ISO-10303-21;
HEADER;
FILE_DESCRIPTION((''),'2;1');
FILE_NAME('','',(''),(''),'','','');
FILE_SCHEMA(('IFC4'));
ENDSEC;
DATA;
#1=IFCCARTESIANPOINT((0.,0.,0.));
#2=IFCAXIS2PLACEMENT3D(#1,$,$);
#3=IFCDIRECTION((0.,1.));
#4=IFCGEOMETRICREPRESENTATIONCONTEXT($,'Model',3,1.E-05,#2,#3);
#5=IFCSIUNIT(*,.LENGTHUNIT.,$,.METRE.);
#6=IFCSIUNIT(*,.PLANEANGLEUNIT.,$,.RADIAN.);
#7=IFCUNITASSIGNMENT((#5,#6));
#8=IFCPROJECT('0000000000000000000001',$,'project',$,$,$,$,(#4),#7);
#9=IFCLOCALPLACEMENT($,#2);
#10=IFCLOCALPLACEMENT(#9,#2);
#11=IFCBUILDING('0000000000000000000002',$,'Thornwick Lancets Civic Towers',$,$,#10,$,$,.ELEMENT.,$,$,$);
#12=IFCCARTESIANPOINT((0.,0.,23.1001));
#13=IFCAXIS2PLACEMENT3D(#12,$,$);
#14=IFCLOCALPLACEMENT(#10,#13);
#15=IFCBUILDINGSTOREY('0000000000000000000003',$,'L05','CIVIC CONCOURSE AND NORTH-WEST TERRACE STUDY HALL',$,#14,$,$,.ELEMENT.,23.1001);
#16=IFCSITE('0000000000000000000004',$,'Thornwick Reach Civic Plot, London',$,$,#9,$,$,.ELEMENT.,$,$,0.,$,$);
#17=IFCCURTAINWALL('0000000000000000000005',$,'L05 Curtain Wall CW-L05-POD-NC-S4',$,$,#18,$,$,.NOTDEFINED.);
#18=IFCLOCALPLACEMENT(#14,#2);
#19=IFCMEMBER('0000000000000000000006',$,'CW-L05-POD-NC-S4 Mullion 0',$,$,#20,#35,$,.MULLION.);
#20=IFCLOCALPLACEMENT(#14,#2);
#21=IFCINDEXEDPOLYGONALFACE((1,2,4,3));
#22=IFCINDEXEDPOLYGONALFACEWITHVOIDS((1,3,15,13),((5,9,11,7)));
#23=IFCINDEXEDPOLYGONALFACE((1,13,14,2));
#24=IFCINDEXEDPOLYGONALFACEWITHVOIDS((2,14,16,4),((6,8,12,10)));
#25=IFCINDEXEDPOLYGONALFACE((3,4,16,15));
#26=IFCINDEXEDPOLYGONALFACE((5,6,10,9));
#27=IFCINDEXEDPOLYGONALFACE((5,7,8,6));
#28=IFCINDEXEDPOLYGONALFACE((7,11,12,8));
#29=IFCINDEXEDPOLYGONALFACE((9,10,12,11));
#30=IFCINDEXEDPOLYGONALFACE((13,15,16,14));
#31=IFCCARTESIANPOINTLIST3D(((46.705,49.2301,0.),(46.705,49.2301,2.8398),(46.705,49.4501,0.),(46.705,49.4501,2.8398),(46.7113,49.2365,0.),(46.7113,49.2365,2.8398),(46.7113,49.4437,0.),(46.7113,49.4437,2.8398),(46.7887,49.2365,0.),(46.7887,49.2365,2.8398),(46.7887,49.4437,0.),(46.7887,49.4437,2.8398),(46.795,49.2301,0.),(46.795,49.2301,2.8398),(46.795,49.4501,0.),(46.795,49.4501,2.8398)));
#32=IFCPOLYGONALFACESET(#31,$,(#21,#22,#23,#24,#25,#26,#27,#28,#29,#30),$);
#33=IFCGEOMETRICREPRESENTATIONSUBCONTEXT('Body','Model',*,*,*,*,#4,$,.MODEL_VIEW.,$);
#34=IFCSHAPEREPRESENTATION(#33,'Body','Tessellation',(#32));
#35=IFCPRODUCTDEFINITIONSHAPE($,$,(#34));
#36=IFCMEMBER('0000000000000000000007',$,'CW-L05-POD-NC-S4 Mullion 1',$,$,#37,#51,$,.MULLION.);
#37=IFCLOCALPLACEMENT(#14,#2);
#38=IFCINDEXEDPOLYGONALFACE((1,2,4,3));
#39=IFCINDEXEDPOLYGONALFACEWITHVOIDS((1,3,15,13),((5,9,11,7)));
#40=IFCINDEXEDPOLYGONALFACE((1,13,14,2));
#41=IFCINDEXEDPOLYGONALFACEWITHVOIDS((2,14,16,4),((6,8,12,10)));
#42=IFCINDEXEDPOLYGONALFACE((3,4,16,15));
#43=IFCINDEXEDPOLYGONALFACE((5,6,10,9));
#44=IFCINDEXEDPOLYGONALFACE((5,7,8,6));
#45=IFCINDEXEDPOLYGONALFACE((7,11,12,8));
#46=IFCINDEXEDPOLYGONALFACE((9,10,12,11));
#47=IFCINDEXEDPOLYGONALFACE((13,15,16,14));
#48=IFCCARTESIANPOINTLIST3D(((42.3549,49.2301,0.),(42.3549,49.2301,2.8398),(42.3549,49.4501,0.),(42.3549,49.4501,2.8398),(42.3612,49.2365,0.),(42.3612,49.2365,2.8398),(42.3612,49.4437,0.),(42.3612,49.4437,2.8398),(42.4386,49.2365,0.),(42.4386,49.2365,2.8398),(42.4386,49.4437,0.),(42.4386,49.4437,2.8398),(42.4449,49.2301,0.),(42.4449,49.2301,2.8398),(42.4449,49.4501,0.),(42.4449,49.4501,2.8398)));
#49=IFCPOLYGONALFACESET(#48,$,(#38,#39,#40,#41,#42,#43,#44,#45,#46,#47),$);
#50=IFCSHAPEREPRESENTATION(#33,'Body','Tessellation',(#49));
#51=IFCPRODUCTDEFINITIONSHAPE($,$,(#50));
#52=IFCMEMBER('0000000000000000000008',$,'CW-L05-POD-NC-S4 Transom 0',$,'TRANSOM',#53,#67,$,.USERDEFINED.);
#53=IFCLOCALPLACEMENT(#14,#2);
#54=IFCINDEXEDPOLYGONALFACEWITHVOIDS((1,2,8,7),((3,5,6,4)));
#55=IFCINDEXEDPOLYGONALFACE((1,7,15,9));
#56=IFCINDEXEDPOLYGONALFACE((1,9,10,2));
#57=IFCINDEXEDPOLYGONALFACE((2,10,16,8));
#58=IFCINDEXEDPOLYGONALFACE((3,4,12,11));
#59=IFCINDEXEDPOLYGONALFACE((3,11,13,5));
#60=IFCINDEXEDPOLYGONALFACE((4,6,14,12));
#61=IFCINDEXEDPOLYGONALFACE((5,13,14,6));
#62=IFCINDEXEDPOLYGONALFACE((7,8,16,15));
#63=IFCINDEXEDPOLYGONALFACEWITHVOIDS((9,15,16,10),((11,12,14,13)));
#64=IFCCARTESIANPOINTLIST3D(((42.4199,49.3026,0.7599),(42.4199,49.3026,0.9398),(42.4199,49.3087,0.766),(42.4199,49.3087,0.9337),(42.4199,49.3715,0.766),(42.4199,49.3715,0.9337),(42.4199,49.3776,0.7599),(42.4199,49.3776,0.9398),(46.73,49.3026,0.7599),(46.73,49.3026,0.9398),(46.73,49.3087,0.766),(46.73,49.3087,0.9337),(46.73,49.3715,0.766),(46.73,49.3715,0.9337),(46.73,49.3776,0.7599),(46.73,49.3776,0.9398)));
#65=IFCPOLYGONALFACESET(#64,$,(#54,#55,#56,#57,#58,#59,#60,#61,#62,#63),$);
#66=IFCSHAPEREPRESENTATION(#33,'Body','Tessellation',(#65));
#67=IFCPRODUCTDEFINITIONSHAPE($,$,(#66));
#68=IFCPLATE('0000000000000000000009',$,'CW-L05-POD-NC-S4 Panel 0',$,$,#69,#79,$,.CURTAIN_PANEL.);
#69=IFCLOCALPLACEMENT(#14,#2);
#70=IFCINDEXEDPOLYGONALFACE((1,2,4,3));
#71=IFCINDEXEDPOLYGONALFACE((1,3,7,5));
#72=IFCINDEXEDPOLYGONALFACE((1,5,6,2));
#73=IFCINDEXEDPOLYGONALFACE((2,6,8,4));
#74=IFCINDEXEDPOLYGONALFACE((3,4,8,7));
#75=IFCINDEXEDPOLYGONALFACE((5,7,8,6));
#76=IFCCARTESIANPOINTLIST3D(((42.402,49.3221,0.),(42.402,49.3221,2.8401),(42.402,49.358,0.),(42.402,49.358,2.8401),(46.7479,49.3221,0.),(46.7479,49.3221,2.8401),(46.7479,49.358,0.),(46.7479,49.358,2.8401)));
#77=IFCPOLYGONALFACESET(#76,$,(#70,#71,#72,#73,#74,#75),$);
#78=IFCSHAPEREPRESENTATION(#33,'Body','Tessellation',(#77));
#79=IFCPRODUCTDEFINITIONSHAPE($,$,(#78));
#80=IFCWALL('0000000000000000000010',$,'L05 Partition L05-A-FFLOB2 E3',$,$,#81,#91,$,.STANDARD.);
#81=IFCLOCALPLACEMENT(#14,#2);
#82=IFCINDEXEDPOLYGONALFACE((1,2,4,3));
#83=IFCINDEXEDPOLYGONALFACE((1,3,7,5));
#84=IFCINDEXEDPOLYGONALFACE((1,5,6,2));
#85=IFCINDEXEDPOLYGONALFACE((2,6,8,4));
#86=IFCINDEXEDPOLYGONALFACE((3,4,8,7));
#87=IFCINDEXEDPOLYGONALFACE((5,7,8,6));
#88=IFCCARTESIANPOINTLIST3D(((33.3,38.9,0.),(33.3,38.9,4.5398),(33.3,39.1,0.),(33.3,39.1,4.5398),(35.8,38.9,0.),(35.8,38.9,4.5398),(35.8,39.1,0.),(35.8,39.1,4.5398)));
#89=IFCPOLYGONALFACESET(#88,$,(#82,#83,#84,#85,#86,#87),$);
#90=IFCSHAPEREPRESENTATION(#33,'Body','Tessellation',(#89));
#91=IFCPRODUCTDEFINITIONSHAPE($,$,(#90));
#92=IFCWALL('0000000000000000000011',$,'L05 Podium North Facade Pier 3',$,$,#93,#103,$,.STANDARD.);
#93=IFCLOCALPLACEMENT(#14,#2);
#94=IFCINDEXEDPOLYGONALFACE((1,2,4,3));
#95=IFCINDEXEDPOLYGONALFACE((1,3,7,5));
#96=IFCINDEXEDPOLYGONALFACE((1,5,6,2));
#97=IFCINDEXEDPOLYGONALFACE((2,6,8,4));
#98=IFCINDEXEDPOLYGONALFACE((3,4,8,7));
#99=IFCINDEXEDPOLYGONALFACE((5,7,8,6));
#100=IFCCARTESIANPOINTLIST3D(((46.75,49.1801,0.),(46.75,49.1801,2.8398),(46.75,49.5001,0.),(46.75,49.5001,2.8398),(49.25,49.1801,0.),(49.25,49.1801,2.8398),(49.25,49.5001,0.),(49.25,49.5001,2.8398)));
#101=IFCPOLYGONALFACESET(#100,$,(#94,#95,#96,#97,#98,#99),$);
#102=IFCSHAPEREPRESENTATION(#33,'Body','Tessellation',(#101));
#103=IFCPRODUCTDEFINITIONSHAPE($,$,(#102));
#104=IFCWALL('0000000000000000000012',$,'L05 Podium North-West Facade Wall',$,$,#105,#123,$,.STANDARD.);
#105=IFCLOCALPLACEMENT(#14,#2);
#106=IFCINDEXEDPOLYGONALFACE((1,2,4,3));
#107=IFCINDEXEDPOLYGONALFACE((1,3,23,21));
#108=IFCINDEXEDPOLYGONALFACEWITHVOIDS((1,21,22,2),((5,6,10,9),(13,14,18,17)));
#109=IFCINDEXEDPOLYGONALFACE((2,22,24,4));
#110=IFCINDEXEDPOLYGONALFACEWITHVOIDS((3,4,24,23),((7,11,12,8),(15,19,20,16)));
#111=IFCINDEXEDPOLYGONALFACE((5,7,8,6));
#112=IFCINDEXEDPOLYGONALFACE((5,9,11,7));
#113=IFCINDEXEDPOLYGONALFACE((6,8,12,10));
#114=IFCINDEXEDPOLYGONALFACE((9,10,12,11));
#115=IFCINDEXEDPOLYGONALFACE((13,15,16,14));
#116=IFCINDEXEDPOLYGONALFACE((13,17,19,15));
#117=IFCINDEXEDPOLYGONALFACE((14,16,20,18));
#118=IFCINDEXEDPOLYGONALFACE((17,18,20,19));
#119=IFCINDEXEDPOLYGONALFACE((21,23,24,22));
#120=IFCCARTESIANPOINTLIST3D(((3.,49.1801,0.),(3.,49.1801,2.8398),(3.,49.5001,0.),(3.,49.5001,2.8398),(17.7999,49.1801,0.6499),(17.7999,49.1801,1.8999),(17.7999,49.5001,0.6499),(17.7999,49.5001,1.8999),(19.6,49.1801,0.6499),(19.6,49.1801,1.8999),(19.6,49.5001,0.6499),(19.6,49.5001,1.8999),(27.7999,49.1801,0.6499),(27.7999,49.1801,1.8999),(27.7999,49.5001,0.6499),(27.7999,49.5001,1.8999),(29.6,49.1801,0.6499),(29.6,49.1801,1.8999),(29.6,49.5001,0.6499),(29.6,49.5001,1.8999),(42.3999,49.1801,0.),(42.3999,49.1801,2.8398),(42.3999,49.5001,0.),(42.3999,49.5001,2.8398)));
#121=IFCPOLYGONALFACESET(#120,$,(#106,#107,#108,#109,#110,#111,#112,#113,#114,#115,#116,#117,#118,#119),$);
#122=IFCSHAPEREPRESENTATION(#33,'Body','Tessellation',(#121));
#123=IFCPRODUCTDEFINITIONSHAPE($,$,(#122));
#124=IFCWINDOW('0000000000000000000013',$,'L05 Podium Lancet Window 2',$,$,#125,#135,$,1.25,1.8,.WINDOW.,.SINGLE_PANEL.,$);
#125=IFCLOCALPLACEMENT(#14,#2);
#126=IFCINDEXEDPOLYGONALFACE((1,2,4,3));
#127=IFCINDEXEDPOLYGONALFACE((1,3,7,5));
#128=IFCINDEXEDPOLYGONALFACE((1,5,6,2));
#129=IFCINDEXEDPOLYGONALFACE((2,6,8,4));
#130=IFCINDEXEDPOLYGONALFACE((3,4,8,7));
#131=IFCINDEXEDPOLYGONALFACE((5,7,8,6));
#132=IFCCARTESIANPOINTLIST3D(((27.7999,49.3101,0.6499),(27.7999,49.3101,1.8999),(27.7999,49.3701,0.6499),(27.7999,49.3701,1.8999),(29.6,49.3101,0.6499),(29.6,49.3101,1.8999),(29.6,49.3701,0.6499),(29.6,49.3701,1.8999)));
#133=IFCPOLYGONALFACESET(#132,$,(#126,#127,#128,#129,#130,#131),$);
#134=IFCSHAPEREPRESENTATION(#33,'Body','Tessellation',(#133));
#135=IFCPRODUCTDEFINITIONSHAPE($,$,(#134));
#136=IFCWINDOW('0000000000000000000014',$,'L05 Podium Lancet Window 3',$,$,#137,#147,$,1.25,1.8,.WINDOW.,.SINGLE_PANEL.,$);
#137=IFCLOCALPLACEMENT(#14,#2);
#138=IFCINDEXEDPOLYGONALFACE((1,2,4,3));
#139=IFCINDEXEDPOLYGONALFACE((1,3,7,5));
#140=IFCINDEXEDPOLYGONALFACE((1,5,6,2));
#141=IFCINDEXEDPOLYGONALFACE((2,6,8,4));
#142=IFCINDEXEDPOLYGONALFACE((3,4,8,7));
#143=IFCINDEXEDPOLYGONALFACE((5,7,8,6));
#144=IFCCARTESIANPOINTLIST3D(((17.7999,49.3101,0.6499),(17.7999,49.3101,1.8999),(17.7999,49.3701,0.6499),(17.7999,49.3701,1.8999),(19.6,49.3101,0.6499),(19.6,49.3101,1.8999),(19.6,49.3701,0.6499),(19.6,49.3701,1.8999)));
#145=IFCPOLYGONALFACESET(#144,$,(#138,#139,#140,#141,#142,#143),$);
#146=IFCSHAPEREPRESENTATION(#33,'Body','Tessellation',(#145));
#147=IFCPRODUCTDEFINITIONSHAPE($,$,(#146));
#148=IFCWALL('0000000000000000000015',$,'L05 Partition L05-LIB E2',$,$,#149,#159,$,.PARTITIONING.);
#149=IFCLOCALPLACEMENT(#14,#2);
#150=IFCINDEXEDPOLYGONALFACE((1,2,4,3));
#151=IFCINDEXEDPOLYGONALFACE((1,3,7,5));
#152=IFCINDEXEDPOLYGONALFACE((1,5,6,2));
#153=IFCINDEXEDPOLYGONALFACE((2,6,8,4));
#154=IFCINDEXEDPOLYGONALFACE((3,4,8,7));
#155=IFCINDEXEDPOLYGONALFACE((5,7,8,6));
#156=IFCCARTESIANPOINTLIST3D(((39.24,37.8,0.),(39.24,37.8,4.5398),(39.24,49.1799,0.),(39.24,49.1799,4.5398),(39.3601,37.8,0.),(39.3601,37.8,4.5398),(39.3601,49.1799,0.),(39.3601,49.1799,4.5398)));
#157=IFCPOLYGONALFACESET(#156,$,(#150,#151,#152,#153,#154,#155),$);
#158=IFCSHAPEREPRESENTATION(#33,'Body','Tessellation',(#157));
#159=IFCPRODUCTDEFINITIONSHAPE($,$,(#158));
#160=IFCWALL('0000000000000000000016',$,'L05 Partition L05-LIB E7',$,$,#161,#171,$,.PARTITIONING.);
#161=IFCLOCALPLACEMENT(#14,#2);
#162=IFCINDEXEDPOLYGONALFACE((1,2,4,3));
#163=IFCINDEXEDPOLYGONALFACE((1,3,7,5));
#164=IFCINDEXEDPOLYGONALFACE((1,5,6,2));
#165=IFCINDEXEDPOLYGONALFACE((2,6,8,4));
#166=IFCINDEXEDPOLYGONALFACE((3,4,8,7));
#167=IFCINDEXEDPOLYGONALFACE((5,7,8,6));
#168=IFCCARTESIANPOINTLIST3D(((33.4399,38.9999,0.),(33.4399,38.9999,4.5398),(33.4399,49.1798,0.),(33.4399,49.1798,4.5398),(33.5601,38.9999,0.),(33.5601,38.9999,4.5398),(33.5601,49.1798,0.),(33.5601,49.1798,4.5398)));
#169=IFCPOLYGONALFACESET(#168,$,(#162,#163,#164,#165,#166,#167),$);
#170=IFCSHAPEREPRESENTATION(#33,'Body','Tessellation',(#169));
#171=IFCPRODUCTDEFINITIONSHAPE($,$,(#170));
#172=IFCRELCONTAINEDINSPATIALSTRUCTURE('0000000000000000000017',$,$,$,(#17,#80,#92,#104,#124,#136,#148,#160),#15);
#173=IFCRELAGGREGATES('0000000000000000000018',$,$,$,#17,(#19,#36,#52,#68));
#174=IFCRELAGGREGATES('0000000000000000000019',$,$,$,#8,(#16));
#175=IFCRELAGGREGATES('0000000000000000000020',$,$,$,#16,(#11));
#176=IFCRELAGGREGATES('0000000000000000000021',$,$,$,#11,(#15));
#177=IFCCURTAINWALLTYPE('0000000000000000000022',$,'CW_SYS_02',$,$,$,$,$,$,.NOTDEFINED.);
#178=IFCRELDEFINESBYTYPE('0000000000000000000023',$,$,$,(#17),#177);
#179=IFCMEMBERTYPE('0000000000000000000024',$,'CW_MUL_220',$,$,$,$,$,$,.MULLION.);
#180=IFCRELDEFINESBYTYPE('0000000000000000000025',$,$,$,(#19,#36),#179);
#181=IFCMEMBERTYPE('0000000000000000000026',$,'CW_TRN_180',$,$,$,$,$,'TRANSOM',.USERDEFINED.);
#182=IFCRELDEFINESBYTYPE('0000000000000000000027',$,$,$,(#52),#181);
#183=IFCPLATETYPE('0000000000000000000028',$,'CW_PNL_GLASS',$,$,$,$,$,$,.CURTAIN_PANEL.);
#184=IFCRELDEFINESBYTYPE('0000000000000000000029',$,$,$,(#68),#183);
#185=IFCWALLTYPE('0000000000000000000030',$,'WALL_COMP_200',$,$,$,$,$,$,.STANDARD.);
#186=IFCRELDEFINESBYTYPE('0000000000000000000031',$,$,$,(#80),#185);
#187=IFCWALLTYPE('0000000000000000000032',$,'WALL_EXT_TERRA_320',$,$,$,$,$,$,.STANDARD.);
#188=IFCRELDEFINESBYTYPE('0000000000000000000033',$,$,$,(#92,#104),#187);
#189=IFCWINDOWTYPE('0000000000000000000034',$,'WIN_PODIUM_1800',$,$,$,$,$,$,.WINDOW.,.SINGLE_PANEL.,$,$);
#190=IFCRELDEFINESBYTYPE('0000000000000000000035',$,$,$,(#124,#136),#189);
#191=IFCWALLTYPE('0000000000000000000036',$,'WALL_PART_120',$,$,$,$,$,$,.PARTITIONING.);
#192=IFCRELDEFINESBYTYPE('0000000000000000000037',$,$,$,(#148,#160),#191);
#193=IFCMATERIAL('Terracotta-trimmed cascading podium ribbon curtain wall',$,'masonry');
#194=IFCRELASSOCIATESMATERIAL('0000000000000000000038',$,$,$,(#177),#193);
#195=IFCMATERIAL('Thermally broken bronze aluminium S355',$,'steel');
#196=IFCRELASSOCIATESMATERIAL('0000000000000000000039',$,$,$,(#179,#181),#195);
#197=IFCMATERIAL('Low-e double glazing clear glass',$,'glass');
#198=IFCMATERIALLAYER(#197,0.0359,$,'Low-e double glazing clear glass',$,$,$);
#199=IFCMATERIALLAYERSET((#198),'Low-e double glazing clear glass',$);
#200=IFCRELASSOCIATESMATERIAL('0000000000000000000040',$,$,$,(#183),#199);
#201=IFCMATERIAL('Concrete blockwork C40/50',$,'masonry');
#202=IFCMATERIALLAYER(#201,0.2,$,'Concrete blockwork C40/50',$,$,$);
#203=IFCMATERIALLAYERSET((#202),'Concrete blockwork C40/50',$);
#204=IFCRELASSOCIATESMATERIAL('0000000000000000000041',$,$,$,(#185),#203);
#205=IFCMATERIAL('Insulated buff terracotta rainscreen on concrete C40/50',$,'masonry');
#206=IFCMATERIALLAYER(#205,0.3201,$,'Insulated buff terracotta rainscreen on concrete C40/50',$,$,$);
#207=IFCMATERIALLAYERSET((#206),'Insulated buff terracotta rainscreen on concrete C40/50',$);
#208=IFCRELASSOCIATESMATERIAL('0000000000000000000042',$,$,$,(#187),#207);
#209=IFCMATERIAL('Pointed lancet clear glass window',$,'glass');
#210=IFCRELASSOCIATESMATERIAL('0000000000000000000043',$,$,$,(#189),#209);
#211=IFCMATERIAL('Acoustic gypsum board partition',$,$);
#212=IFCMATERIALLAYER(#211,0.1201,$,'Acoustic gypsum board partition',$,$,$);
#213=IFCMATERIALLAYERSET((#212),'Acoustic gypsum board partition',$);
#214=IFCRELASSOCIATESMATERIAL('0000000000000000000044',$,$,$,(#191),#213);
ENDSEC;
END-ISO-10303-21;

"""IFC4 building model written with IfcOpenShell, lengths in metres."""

from ifc_helpers import new_model, si_unit, direction, frame, frame_2d, origin, origin_2d, place, context, subcontext, project, spatial, rectangle, hollow_rectangle, extrude, material, layer, layer_set, material_profile, profile_set, type_object, element, fill, aggregate, save


model = new_model("IFC4")

# Units and contexts
model_context = context("Model", 3, precision=1e-05, world=origin(), true_north=direction((0.0, 1.0)))
body_context = subcontext(model_context, "Body", "Model", "MODEL_VIEW")
ifc_project = project(units=[si_unit("LENGTHUNIT", "METRE"), si_unit("PLANEANGLEUNIT", "RADIAN")], contexts=[model_context])

# Site, building, storey
site_placement = place(None, origin())
site = spatial("IfcSite", under=ifc_project, at=site_placement, Name="Thornwick Reach Civic Plot, London", CompositionType="ELEMENT", RefElevation=0.0)
building_placement = place(site_placement, origin())
building = spatial("IfcBuilding", under=site, at=building_placement, Name="Thornwick Lancets Civic Towers", CompositionType="ELEMENT")
storey_placement = place(building_placement, frame((0.0, 0.0, 23.1001)))
storey = spatial("IfcBuildingStorey", under=building, at=storey_placement, Name="L05", Description="CIVIC CONCOURSE AND NORTH-WEST TERRACE STUDY HALL", CompositionType="ELEMENT", Elevation=23.1001)

# Shared definitions
ifc_material_1 = material(Name="Terracotta-trimmed cascading podium ribbon curtain wall", Category="masonry")
curtain_wall_type = type_object("IfcCurtainWallType", Name="CW_SYS_02", PredefinedType="NOTDEFINED", material=ifc_material_1)
ifc_material_2 = material(Name="Thermally broken bronze aluminium S355", Category="steel")
ifc_material_profile_1 = material_profile(ifc_material_2, hollow_rectangle(XDim=0.0901, YDim=0.22, WallThickness=0.0063, at=origin_2d()), Name="RHS 220x90x6.3")
ifc_profile_set_1 = profile_set([ifc_material_profile_1], Name="Thermally broken bronze aluminium S355")
member_type_1 = type_object("IfcMemberType", Name="CW_MUL_220", PredefinedType="MULLION", material=ifc_profile_set_1)

# Curtain wall, members, plate
curtain_wall_1_placement = place(storey_placement, origin())
curtain_wall_1 = element("IfcCurtainWall", 1, at=curtain_wall_1_placement, inside=storey, type_object=curtain_wall_type, Name="L05 Curtain Wall CW-L05-POD-NC-S4", PredefinedType="NOTDEFINED")
member_1_placement = place(storey_placement, frame((46.75, 49.3401, 0.0), z_axis=(0.0, 0.0, 1.0), x_axis=(1.0, 0.0, 0.0)))
member_1 = element("IfcMember", 2, at=member_1_placement, type_object=member_type_1, Name="CW-L05-POD-NC-S4 Mullion 0", PredefinedType="MULLION", context=body_context, shape_type="SweptSolid", body=[
    extrude(hollow_rectangle(XDim=0.0901, YDim=0.22, WallThickness=0.0063, at=origin_2d()), origin(), (0.0, 0.0, 1.0), 2.8398),
])
member_2_placement = place(storey_placement, frame((42.3999, 49.3401, 0.0), z_axis=(0.0, 0.0, 1.0), x_axis=(1.0, 0.0, 0.0)))
member_2 = element("IfcMember", 3, at=member_2_placement, type_object=member_type_1, Name="CW-L05-POD-NC-S4 Mullion 1", PredefinedType="MULLION", context=body_context, shape_type="SweptSolid", body=[
    extrude(hollow_rectangle(XDim=0.0901, YDim=0.22, WallThickness=0.0063, at=origin_2d()), origin(), (0.0, 0.0, 1.0), 2.8398),
])
ifc_material_profile_2 = material_profile(ifc_material_2, hollow_rectangle(XDim=0.075, YDim=0.1799, WallThickness=0.0061, at=origin_2d()), Name="RHS 180x75x6")
ifc_profile_set_2 = profile_set([ifc_material_profile_2], Name="Thermally broken bronze aluminium S355")
member_type_2 = type_object("IfcMemberType", Name="CW_TRN_180", ElementType="TRANSOM", PredefinedType="USERDEFINED", material=ifc_profile_set_2)
member_3_placement = place(storey_placement, frame((46.73, 49.3401, 0.8499), z_axis=(-1.0, 0.0, 0.0), x_axis=(0.0, -1.0, 0.0)))
member_3 = element("IfcMember", 4, at=member_3_placement, type_object=member_type_2, Name="CW-L05-POD-NC-S4 Transom 0", ObjectType="TRANSOM", PredefinedType="USERDEFINED", context=body_context, shape_type="SweptSolid", body=[
    extrude(hollow_rectangle(XDim=0.075, YDim=0.1799, WallThickness=0.0061, at=origin_2d()), origin(), (0.0, 0.0, 1.0), 4.3101),
])
ifc_material_3 = material(Name="Low-e double glazing clear glass", Category="glass")
ifc_layer_1 = layer(ifc_material_3, 0.0359, Name="Low-e double glazing clear glass")
ifc_layer_set_1 = layer_set([ifc_layer_1], Name="Low-e double glazing clear glass")
plate_type = type_object("IfcPlateType", Name="CW_PNL_GLASS", PredefinedType="CURTAIN_PANEL", material=ifc_layer_set_1)
plate_placement = place(storey_placement, frame((44.575, 49.3401, 0.0), z_axis=(0.0, 0.0, 1.0), x_axis=(-1.0, 0.0, 0.0)))
plate = element("IfcPlate", 5, at=plate_placement, type_object=plate_type, Name="CW-L05-POD-NC-S4 Panel 0", PredefinedType="CURTAIN_PANEL", context=body_context, shape_type="SweptSolid", body=[
    extrude(rectangle(XDim=4.3459, YDim=0.0359, at=origin_2d()), origin(), (0.0, 0.0, 1.0), 2.8401),
])
aggregate(curtain_wall_1, [member_1, member_2, member_3, plate])

# Walls
ifc_material_4 = material(Name="Concrete blockwork C40/50", Category="masonry")
ifc_layer_2 = layer(ifc_material_4, 0.2, Name="Concrete blockwork C40/50")
ifc_layer_set_2 = layer_set([ifc_layer_2], Name="Concrete blockwork C40/50")
wall_type_1 = type_object("IfcWallType", Name="WALL_COMP_200", PredefinedType="STANDARD", material=ifc_layer_set_2)
wall_1_placement = place(storey_placement, frame((35.8, 39.0, 0.0), z_axis=(0.0, 0.0, 1.0), x_axis=(-1.0, 0.0, 0.0)))
element("IfcWall", 6, at=wall_1_placement, inside=storey, type_object=wall_type_1, Name="L05 Partition L05-A-FFLOB2 E3", PredefinedType="STANDARD", context=body_context, shape_type="SweptSolid", body=[
    extrude(rectangle(XDim=2.5, YDim=0.2, at=frame_2d((1.25, 0.0))), origin(), (0.0, 0.0, 1.0), 4.5398),
])
ifc_material_5 = material(Name="Insulated buff terracotta rainscreen on concrete C40/50", Category="masonry")
ifc_layer_3 = layer(ifc_material_5, 0.3201, Name="Insulated buff terracotta rainscreen on concrete C40/50")
ifc_layer_set_3 = layer_set([ifc_layer_3], Name="Insulated buff terracotta rainscreen on concrete C40/50")
wall_type_2 = type_object("IfcWallType", Name="WALL_EXT_TERRA_320", PredefinedType="STANDARD", material=ifc_layer_set_3)
wall_2_placement = place(storey_placement, frame((49.25, 49.3401, 0.0), z_axis=(0.0, 0.0, 1.0), x_axis=(-1.0, 0.0, 0.0)))
element("IfcWall", 7, at=wall_2_placement, inside=storey, type_object=wall_type_2, Name="L05 Podium North Facade Pier 3", PredefinedType="STANDARD", context=body_context, shape_type="SweptSolid", body=[
    extrude(rectangle(XDim=2.5, YDim=0.3201, at=frame_2d((1.25, 0.0))), origin(), (0.0, 0.0, 1.0), 2.8398),
])

# Wall, openings, windows
wall_3_placement = place(storey_placement, frame((42.3999, 49.3401, 0.0), z_axis=(0.0, 0.0, 1.0), x_axis=(-1.0, 0.0, 0.0)))
wall_3 = element("IfcWall", 8, at=wall_3_placement, inside=storey, type_object=wall_type_2, Name="L05 Podium North-West Facade Wall", PredefinedType="STANDARD", context=body_context, shape_type="SweptSolid", body=[
    extrude(rectangle(XDim=39.3999, YDim=0.3201, at=frame_2d((19.7, 0.0))), origin(), (0.0, 0.0, 1.0), 2.8398),
])
opening_1_placement = place(wall_3_placement, frame((12.8, 0.0, 0.6499)))
opening_1 = element("IfcOpeningElement", 9, at=opening_1_placement, cuts=wall_3, PredefinedType="OPENING", context=body_context, shape_type="SweptSolid", body=[
    extrude(rectangle(XDim=1.8, YDim=1.25, at=frame_2d((0.8999, 0.625))), frame((0.0, 0.1699, 0.0), z_axis=(0.0, -1.0, 0.0), x_axis=(1.0, 0.0, 0.0)), (0.0, 0.0, 1.0), 0.3401),
])
opening_2_placement = place(wall_3_placement, frame((22.8, 0.0, 0.6499)))
opening_2 = element("IfcOpeningElement", 10, at=opening_2_placement, cuts=wall_3, PredefinedType="OPENING", context=body_context, shape_type="SweptSolid", body=[
    extrude(rectangle(XDim=1.8, YDim=1.25, at=frame_2d((0.8999, 0.625))), frame((0.0, 0.1699, 0.0), z_axis=(0.0, -1.0, 0.0), x_axis=(1.0, 0.0, 0.0)), (0.0, 0.0, 1.0), 0.3401),
])
ifc_material_6 = material(Name="Pointed lancet clear glass window", Category="glass")
window_type = type_object("IfcWindowType", Name="WIN_PODIUM_1800", PartitioningType="SINGLE_PANEL", PredefinedType="WINDOW", material=ifc_material_6)
window_1_placement = place(opening_1_placement, origin())
window_1 = element("IfcWindow", 11, at=window_1_placement, inside=storey, type_object=window_type, Name="L05 Podium Lancet Window 2", OverallHeight=1.25, OverallWidth=1.8, PartitioningType="SINGLE_PANEL", PredefinedType="WINDOW", context=body_context, shape_type="SweptSolid", body=[
    extrude(rectangle(XDim=1.8, YDim=1.25, at=frame_2d((0.8999, 0.625))), frame((0.0, 0.03, 0.0), z_axis=(0.0, -1.0, 0.0), x_axis=(1.0, 0.0, 0.0)), (0.0, 0.0, 1.0), 0.0601),
])
fill(opening_1, window_1)
window_2_placement = place(opening_2_placement, origin())
window_2 = element("IfcWindow", 12, at=window_2_placement, inside=storey, type_object=window_type, Name="L05 Podium Lancet Window 3", OverallHeight=1.25, OverallWidth=1.8, PartitioningType="SINGLE_PANEL", PredefinedType="WINDOW", context=body_context, shape_type="SweptSolid", body=[
    extrude(rectangle(XDim=1.8, YDim=1.25, at=frame_2d((0.8999, 0.625))), frame((0.0, 0.03, 0.0), z_axis=(0.0, -1.0, 0.0), x_axis=(1.0, 0.0, 0.0)), (0.0, 0.0, 1.0), 0.0601),
])
fill(opening_2, window_2)

# Walls
ifc_material_7 = material(Name="Acoustic gypsum board partition")
ifc_layer_4 = layer(ifc_material_7, 0.1201, Name="Acoustic gypsum board partition")
ifc_layer_set_4 = layer_set([ifc_layer_4], Name="Acoustic gypsum board partition")
wall_type_3 = type_object("IfcWallType", Name="WALL_PART_120", PredefinedType="PARTITIONING", material=ifc_layer_set_4)
wall_4_placement = place(storey_placement, frame((39.3, 49.1799, 0.0), z_axis=(0.0, 0.0, 1.0), x_axis=(0.0, -1.0, 0.0)))
element("IfcWall", 13, at=wall_4_placement, inside=storey, type_object=wall_type_3, Name="L05 Partition L05-LIB E2", PredefinedType="PARTITIONING", context=body_context, shape_type="SweptSolid", body=[
    extrude(rectangle(XDim=11.3799, YDim=0.1201, at=frame_2d((5.6899, 0.0))), origin(), (0.0, 0.0, 1.0), 4.5398),
])
wall_5_placement = place(storey_placement, frame((33.5, 39.0, 0.0), z_axis=(0.0, 0.0, 1.0), x_axis=(0.0, 1.0, 0.0)))
element("IfcWall", 14, at=wall_5_placement, inside=storey, type_object=wall_type_3, Name="L05 Partition L05-LIB E7", PredefinedType="PARTITIONING", context=body_context, shape_type="SweptSolid", body=[
    extrude(rectangle(XDim=10.1799, YDim=0.1201, at=frame_2d((5.0898, 0.0))), origin(), (0.0, 0.0, 1.0), 4.5398),
])

save(model, "model.ifc")
